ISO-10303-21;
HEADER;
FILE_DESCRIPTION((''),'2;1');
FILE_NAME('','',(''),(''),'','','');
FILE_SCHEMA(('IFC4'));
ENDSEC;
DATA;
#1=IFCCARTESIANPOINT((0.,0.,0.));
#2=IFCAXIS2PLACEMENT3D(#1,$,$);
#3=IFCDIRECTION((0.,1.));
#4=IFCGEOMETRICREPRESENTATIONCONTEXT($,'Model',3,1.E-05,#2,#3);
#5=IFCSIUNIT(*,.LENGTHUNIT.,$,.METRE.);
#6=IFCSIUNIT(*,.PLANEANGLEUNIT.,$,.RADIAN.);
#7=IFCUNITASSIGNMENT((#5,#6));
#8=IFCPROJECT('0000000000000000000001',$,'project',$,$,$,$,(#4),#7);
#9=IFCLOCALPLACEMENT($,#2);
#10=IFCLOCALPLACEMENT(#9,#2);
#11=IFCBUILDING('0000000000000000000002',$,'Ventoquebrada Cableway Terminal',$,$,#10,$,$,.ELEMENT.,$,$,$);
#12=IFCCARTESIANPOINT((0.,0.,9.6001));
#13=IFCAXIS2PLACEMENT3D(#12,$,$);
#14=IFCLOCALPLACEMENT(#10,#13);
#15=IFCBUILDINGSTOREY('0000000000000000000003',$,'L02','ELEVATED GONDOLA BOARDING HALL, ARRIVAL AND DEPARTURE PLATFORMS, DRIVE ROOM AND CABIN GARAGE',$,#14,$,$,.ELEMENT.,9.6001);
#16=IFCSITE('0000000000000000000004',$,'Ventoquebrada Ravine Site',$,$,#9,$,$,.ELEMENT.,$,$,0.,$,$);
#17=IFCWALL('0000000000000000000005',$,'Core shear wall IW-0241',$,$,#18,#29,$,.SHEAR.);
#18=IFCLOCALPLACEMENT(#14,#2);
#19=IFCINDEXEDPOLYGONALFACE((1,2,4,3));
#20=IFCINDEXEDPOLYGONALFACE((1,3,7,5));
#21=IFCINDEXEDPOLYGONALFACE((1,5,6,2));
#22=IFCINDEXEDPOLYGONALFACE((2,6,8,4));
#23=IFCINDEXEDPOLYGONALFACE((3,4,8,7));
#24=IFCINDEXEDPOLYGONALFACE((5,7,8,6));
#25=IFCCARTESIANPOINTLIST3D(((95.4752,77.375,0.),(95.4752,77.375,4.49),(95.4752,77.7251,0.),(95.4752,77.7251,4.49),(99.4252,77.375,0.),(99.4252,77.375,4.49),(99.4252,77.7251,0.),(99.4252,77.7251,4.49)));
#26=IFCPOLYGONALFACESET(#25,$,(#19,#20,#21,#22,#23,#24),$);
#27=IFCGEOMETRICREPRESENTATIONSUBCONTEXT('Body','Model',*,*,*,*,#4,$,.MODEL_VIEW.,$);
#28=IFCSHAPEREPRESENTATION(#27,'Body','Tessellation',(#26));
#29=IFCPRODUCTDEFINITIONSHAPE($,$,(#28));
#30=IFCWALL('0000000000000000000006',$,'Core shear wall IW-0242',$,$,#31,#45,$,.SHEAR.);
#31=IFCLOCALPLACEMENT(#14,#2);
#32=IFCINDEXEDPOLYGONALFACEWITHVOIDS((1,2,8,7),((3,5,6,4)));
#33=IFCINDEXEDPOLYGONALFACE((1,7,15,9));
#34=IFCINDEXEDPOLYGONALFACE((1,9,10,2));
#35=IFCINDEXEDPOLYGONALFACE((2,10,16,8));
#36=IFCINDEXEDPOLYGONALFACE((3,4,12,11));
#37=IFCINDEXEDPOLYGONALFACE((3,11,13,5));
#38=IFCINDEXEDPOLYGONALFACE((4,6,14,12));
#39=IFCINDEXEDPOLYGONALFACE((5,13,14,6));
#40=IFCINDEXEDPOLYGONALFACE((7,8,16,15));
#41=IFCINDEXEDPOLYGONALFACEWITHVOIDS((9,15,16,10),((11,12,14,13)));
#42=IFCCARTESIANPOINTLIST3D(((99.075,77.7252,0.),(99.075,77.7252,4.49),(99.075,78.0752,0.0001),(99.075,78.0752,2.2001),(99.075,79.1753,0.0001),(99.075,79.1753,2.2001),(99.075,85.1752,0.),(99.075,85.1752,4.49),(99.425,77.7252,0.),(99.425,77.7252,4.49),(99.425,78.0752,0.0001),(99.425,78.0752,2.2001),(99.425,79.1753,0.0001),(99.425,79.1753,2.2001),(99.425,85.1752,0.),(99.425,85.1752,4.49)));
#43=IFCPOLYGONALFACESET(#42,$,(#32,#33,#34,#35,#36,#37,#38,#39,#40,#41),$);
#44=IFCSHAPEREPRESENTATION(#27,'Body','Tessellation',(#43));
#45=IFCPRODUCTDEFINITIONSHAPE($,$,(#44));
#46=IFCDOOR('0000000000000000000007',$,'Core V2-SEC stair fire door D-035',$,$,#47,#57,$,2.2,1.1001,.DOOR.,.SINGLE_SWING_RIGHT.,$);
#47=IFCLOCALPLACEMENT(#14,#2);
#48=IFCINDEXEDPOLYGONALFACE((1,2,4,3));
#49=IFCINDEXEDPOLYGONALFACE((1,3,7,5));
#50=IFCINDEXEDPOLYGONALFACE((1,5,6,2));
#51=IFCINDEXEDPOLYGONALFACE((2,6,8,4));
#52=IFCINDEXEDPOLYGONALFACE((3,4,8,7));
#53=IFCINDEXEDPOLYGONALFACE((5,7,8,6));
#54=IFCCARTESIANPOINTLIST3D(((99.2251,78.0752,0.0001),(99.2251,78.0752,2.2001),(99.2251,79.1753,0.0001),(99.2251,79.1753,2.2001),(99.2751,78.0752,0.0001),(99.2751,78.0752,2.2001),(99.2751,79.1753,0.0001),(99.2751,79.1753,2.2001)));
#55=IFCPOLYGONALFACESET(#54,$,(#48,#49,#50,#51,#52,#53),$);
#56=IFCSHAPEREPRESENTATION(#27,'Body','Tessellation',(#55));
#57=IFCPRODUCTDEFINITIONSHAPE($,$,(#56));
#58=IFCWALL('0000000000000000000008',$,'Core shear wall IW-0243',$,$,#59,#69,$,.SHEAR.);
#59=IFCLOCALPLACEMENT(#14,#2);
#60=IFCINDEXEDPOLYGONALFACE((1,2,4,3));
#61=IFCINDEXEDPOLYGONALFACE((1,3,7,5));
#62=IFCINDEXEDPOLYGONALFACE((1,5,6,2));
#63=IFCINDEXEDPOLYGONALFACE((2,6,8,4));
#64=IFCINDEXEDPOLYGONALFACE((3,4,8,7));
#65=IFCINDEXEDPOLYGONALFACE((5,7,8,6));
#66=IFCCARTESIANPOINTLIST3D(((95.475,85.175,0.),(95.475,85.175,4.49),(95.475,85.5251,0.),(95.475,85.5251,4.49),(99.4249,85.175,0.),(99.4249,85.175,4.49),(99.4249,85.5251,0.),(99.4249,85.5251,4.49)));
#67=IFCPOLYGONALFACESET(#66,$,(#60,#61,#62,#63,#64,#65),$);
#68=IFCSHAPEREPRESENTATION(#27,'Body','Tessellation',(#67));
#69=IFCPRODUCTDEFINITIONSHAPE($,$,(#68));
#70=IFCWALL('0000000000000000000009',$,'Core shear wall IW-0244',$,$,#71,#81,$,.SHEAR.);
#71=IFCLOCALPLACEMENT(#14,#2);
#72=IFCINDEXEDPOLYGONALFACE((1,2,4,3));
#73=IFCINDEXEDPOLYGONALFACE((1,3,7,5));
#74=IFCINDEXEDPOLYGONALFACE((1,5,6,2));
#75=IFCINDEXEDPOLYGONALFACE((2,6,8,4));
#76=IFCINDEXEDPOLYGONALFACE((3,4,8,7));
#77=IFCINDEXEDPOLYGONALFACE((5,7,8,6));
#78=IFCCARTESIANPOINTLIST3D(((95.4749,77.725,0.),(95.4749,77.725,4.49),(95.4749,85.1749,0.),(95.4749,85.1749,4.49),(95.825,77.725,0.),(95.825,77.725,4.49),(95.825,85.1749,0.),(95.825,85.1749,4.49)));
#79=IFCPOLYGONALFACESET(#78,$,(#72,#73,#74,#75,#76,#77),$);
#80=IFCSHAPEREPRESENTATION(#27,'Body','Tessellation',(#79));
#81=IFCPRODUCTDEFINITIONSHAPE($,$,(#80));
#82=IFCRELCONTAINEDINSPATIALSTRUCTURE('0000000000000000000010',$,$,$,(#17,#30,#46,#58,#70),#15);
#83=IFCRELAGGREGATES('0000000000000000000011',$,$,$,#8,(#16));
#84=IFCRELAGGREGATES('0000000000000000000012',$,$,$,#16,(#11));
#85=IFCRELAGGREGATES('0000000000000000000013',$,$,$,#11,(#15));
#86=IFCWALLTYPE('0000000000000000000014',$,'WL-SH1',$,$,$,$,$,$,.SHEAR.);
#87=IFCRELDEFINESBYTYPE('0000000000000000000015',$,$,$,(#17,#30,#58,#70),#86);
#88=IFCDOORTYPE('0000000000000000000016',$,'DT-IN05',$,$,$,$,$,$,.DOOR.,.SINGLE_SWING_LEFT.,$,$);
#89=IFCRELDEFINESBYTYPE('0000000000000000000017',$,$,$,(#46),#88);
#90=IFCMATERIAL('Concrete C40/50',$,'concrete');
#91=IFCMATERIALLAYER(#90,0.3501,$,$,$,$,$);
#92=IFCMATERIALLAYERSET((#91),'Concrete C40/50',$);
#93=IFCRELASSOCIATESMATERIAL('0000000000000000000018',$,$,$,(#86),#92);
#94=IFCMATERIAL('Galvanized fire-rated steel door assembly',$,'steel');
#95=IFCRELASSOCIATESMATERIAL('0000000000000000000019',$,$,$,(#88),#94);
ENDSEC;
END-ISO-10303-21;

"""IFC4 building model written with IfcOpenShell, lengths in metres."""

from ifc_helpers import new_model, si_unit, direction, frame, frame_2d, origin, place, context, subcontext, project, spatial, rectangle, extrude, material, layer, layer_set, type_object, element, fill, save


model = new_model("IFC4")

# Units and contexts
model_context = context("Model", 3, precision=1e-05, world=origin(), true_north=direction((0.0, 1.0)))
body_context = subcontext(model_context, "Body", "Model", "MODEL_VIEW")
ifc_project = project(units=[si_unit("LENGTHUNIT", "METRE"), si_unit("PLANEANGLEUNIT", "RADIAN")], contexts=[model_context])

# Site, building, storey
site_placement = place(None, origin())
site = spatial("IfcSite", under=ifc_project, at=site_placement, Name="Ventoquebrada Ravine Site", CompositionType="ELEMENT", RefElevation=0.0)
building_placement = place(site_placement, origin())
building = spatial("IfcBuilding", under=site, at=building_placement, Name="Ventoquebrada Cableway Terminal", CompositionType="ELEMENT")
storey_placement = place(building_placement, frame((0.0, 0.0, 9.6001)))
storey = spatial("IfcBuildingStorey", under=building, at=storey_placement, Name="L02", Description="ELEVATED GONDOLA BOARDING HALL, ARRIVAL AND DEPARTURE PLATFORMS, DRIVE ROOM AND CABIN GARAGE", CompositionType="ELEMENT", Elevation=9.6001)

# Shared definitions
ifc_material_1 = material(Name="Concrete C40/50", Category="concrete")

# Shared definitions
ifc_material_2 = material(Name="Galvanized fire-rated steel door assembly", Category="steel")

# Wall
ifc_layer_1 = layer(ifc_material_1, 0.3501)
ifc_layer_set_1 = layer_set([ifc_layer_1], Name="Concrete C40/50")
wall_type_1 = type_object("IfcWallType", Name="WL-SH1", PredefinedType="SHEAR", material=ifc_layer_set_1)
wall_1_placement = place(storey_placement, frame((95.4751, 77.55, 0.0), z_axis=(0.0, 0.0, 1.0), x_axis=(1.0, 0.0, 0.0)))
element("IfcWall", 1, at=wall_1_placement, inside=storey, type_object=wall_type_1, Name="Core shear wall IW-0241", PredefinedType="SHEAR", context=body_context, shape_type="SweptSolid", body=[
    extrude(rectangle(XDim=3.95, YDim=0.3501, at=frame_2d((1.9751, 0.0))), origin(), (0.0, 0.0, 1.0), 4.49),
])

# Wall, opening, door
wall_2_placement = place(storey_placement, frame((99.25, 77.7251, 0.0), z_axis=(0.0, 0.0, 1.0), x_axis=(0.0, 1.0, 0.0)))
wall_2 = element("IfcWall", 2, at=wall_2_placement, inside=storey, type_object=wall_type_1, Name="Core shear wall IW-0242", PredefinedType="SHEAR", context=body_context, shape_type="SweptSolid", body=[
    extrude(rectangle(XDim=7.45, YDim=0.3501, at=frame_2d((3.7251, 0.0))), origin(), (0.0, 0.0, 1.0), 4.49),
])
opening_1_placement = place(wall_2_placement, frame((0.3501, 0.0, 0.0)))
opening_1 = element("IfcOpeningElement", 3, at=opening_1_placement, cuts=wall_2, PredefinedType="OPENING", context=body_context, shape_type="SweptSolid", body=[
    extrude(rectangle(XDim=1.1001, YDim=2.2, at=frame_2d((0.55, 1.1001))), frame((0.0, 0.1851, 0.0), z_axis=(0.0, -1.0, 0.0), x_axis=(1.0, 0.0, 0.0)), (0.0, 0.0, 1.0), 0.3701),
])
door_type_1 = type_object("IfcDoorType", Name="DT-IN05", OperationType="SINGLE_SWING_LEFT", PredefinedType="DOOR", material=ifc_material_2)
door_1_placement = place(opening_1_placement, origin())
door_1 = element("IfcDoor", 4, at=door_1_placement, inside=storey, type_object=door_type_1, Name="Core V2-SEC stair fire door D-035", OperationType="SINGLE_SWING_RIGHT", OverallHeight=2.2, OverallWidth=1.1001, PredefinedType="DOOR", context=body_context, shape_type="SweptSolid", body=[
    extrude(rectangle(XDim=1.1001, YDim=2.2, at=frame_2d((0.55, 1.1001))), frame((0.0, 0.0249, 0.0), z_axis=(0.0, -1.0, 0.0), x_axis=(1.0, 0.0, 0.0)), (0.0, 0.0, 1.0), 0.05),
])
fill(opening_1, door_1)

# Walls
wall_3_placement = place(storey_placement, frame((99.425, 85.3501, 0.0), z_axis=(0.0, 0.0, 1.0), x_axis=(-1.0, 0.0, 0.0)))
element("IfcWall", 5, at=wall_3_placement, inside=storey, type_object=wall_type_1, Name="Core shear wall IW-0243", PredefinedType="SHEAR", context=body_context, shape_type="SweptSolid", body=[
    extrude(rectangle(XDim=3.95, YDim=0.3501, at=frame_2d((1.9751, 0.0))), origin(), (0.0, 0.0, 1.0), 4.49),
])
wall_4_placement = place(storey_placement, frame((95.6499, 85.175, 0.0), z_axis=(0.0, 0.0, 1.0), x_axis=(0.0, -1.0, 0.0)))
element("IfcWall", 6, at=wall_4_placement, inside=storey, type_object=wall_type_1, Name="Core shear wall IW-0244", PredefinedType="SHEAR", context=body_context, shape_type="SweptSolid", body=[
    extrude(rectangle(XDim=7.45, YDim=0.3501, at=frame_2d((3.7251, 0.0))), origin(), (0.0, 0.0, 1.0), 4.49),
])

save(model, "model.ifc")
